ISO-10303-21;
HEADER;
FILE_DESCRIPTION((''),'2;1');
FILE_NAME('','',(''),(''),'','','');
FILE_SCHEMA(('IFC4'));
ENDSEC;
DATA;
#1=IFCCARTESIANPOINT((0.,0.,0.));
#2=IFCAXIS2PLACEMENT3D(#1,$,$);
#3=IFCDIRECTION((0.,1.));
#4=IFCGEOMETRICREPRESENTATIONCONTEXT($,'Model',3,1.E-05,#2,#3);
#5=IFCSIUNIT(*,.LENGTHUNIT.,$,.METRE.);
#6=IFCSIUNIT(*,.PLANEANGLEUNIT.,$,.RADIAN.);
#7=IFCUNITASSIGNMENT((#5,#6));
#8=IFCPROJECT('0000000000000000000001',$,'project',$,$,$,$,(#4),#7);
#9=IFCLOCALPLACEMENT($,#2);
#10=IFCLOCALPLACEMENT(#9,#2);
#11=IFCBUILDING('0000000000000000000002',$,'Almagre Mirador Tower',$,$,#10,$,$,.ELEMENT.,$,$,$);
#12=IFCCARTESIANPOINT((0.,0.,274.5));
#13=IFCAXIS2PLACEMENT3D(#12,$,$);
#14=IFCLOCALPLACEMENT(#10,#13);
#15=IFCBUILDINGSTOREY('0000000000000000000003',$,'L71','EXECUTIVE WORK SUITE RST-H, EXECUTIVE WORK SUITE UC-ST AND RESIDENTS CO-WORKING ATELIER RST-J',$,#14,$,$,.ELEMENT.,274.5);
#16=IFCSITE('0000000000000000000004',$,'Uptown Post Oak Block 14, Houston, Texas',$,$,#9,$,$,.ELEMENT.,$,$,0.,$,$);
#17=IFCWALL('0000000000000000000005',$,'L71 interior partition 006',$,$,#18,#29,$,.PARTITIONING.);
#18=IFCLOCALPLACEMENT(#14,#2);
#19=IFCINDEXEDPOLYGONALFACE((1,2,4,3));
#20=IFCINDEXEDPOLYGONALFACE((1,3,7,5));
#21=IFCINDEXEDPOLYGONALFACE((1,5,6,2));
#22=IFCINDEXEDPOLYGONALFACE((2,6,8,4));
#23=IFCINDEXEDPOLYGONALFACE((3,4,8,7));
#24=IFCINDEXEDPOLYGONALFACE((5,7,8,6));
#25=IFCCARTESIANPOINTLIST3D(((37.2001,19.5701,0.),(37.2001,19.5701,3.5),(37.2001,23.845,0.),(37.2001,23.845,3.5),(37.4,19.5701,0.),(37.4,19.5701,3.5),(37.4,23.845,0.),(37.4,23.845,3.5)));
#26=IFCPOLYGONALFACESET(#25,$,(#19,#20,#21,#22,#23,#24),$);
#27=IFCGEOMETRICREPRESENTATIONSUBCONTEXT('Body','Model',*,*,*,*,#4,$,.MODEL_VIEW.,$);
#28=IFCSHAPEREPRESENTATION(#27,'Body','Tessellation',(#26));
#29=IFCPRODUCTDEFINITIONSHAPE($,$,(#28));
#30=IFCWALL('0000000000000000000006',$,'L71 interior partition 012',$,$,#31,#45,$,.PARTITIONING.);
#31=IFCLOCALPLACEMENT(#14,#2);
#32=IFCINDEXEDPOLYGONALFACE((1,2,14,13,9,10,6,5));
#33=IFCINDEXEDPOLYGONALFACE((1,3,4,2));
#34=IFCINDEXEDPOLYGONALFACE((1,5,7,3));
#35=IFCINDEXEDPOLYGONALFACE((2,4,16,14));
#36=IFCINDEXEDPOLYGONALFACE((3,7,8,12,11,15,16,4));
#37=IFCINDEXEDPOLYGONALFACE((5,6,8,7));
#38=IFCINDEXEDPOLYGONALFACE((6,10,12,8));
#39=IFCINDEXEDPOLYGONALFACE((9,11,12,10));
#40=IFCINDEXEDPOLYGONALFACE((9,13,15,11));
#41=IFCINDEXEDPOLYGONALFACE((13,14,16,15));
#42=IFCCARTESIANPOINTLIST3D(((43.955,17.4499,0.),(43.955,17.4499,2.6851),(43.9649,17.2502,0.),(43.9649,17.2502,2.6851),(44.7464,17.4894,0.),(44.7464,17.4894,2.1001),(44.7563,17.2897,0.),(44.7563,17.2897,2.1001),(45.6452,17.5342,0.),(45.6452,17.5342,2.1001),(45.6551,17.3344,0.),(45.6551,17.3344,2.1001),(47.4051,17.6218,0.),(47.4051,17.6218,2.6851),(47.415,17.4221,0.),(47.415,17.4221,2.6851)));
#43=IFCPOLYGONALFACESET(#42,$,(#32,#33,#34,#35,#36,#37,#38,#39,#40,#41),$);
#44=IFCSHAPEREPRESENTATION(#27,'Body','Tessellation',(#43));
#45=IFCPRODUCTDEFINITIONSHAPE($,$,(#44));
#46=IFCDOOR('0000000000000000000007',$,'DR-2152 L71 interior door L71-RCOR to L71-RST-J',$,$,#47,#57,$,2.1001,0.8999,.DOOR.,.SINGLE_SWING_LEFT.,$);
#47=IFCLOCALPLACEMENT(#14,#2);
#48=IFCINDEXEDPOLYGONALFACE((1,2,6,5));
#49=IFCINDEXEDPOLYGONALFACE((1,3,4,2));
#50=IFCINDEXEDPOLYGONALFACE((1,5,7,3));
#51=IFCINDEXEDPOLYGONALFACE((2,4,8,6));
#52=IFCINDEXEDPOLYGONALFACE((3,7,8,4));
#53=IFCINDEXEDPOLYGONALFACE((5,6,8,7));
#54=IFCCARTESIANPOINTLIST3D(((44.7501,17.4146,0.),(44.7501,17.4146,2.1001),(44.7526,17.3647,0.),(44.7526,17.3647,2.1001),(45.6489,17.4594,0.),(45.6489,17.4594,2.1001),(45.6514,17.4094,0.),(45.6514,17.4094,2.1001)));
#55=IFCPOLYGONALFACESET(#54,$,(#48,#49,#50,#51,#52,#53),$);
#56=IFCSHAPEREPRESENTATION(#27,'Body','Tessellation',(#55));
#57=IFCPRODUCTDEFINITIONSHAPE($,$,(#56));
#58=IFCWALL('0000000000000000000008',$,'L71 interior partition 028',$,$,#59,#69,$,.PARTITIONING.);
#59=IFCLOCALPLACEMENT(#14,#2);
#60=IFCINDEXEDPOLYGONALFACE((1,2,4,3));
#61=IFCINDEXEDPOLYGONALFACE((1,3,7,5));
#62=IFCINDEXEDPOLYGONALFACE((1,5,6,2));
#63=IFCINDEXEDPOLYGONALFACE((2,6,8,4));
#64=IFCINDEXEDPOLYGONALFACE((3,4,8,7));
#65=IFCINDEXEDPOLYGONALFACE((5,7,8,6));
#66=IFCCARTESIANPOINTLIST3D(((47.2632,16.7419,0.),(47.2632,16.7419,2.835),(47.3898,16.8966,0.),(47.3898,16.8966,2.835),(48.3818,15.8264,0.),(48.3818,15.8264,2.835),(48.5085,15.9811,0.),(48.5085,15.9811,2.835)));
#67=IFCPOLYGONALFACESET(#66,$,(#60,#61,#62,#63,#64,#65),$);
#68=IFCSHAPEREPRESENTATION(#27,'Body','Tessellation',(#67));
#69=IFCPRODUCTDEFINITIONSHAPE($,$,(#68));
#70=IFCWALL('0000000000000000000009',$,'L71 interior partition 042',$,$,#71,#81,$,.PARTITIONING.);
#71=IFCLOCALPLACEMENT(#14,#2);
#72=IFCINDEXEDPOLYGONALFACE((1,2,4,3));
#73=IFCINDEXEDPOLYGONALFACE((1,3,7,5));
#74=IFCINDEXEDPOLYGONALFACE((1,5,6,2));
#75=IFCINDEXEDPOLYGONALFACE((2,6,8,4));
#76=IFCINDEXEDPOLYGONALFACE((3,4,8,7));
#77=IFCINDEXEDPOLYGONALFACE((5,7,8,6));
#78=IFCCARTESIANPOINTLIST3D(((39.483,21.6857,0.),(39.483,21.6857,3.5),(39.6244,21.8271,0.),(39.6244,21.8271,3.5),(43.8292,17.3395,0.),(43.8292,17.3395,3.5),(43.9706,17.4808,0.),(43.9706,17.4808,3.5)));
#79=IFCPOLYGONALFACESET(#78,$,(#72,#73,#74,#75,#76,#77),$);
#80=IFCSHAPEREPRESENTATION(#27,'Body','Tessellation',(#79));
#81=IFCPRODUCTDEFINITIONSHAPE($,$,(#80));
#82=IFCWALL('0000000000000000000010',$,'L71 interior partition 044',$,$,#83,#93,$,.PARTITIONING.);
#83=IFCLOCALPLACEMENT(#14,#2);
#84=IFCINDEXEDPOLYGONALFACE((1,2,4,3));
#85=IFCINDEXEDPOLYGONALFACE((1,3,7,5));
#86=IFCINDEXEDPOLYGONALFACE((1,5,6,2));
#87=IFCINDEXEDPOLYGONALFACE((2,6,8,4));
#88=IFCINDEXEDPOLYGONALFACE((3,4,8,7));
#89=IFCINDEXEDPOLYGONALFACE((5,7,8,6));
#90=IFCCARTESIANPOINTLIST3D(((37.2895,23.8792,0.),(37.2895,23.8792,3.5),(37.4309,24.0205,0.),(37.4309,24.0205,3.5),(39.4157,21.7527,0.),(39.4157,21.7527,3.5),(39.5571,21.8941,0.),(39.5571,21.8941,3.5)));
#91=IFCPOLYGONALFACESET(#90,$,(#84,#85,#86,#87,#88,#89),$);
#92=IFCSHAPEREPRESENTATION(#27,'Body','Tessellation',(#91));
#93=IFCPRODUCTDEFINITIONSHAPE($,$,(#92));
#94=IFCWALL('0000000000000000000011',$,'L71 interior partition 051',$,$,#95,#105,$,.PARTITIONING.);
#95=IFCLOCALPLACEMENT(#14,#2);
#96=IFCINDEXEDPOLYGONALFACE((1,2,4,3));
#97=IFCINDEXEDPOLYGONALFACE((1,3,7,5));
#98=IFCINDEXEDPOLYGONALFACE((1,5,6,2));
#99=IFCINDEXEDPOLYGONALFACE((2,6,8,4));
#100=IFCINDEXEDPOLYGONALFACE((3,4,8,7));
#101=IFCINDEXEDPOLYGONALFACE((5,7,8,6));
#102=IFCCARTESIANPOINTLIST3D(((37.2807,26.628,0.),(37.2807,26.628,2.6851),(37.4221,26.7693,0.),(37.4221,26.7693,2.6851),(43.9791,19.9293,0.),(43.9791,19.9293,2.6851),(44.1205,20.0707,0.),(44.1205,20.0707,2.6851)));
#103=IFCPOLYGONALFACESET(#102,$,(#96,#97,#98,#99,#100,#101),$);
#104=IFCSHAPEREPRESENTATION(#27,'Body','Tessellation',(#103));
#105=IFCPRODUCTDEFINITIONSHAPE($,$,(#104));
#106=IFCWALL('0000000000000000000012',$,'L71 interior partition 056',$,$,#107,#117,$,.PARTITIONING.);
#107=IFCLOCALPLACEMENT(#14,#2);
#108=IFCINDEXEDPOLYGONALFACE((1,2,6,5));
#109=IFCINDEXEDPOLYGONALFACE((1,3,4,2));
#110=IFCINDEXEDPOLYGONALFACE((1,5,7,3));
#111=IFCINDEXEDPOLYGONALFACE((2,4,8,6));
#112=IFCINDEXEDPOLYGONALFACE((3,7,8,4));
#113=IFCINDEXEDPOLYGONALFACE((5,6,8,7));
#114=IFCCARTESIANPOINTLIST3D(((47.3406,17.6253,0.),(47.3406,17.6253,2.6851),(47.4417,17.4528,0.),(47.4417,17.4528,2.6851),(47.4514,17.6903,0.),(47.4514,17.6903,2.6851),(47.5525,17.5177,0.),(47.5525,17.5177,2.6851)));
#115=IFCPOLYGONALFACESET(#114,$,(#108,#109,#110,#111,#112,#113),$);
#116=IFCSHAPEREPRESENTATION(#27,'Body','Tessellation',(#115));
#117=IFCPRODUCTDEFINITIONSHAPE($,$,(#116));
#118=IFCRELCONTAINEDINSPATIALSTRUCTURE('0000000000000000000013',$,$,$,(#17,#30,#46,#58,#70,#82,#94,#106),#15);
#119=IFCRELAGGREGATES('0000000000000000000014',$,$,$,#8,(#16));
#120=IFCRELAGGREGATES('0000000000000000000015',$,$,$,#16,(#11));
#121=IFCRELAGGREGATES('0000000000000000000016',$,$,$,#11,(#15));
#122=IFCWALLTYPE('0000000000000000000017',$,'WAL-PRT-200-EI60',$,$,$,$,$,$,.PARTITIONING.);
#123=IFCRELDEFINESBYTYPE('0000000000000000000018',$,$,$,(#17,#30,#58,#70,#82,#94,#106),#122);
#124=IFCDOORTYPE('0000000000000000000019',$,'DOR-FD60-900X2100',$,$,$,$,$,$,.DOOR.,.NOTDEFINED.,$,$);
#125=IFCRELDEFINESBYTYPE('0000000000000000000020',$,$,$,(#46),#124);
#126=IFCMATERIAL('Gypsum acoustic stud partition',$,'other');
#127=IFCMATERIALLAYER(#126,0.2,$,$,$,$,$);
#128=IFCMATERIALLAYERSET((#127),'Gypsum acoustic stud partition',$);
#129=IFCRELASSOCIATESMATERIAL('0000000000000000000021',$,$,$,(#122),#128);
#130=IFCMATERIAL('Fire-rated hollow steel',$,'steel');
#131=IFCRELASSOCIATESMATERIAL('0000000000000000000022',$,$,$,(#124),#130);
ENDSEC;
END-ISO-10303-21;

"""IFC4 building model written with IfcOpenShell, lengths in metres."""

from ifc_helpers import new_model, si_unit, direction, frame, frame_2d, origin, place, context, subcontext, project, spatial, rectangle, extrude, material, layer, layer_set, type_object, element, fill, save


model = new_model("IFC4")

# Units and contexts
model_context = context("Model", 3, precision=1e-05, world=origin(), true_north=direction((0.0, 1.0)))
body_context = subcontext(model_context, "Body", "Model", "MODEL_VIEW")
ifc_project = project(units=[si_unit("LENGTHUNIT", "METRE"), si_unit("PLANEANGLEUNIT", "RADIAN")], contexts=[model_context])

# Site, building, storey
site_placement = place(None, origin())
site = spatial("IfcSite", under=ifc_project, at=site_placement, Name="Uptown Post Oak Block 14, Houston, Texas", CompositionType="ELEMENT", RefElevation=0.0)
building_placement = place(site_placement, origin())
building = spatial("IfcBuilding", under=site, at=building_placement, Name="Almagre Mirador Tower", CompositionType="ELEMENT")
storey_placement = place(building_placement, frame((0.0, 0.0, 274.5)))
storey = spatial("IfcBuildingStorey", under=building, at=storey_placement, Name="L71", Description="EXECUTIVE WORK SUITE RST-H, EXECUTIVE WORK SUITE UC-ST AND RESIDENTS CO-WORKING ATELIER RST-J", CompositionType="ELEMENT", Elevation=274.5)

# Shared definitions
ifc_material_1 = material(Name="Gypsum acoustic stud partition", Category="other")
ifc_layer_1 = layer(ifc_material_1, 0.2)
ifc_layer_set_1 = layer_set([ifc_layer_1], Name="Gypsum acoustic stud partition")
wall_type_1 = type_object("IfcWallType", Name="WAL-PRT-200-EI60", PredefinedType="PARTITIONING", material=ifc_layer_set_1)

# Wall
wall_1_placement = place(storey_placement, frame((37.3, 19.5701, 0.0), z_axis=(0.0, 0.0, 1.0), x_axis=(0.0, 1.0, 0.0)))
element("IfcWall", 1, at=wall_1_placement, inside=storey, type_object=wall_type_1, Name="L71 interior partition 006", PredefinedType="PARTITIONING", context=body_context, shape_type="SweptSolid", body=[
    extrude(rectangle(XDim=4.2749, YDim=0.2, at=frame_2d((2.1375, 0.0))), origin(), (0.0, 0.0, 1.0), 3.5),
])

# Wall, opening, door
wall_2_placement = place(storey_placement, frame((47.4099, 17.522, 0.0), z_axis=(0.0, 0.0, 1.0), x_axis=(-0.998761, -0.049758, 0.0)))
wall_2 = element("IfcWall", 2, at=wall_2_placement, inside=storey, type_object=wall_type_1, Name="L71 interior partition 012", PredefinedType="PARTITIONING", context=body_context, shape_type="SweptSolid", body=[
    extrude(rectangle(XDim=3.4543, YDim=0.2, at=frame_2d((1.7271, 0.0))), origin(), (0.0, 0.0, 1.0), 2.6851),
])
opening_1_placement = place(wall_2_placement, frame((1.762, 0.0, 0.0)))
opening_1 = element("IfcOpeningElement", 3, at=opening_1_placement, cuts=wall_2, PredefinedType="OPENING", context=body_context, shape_type="SweptSolid", body=[
    extrude(rectangle(XDim=0.8999, YDim=2.1001, at=frame_2d((0.45, 1.05))), frame((0.0, 0.1101, 0.0), z_axis=(0.0, -1.0, 0.0), x_axis=(1.0, 0.0, 0.0)), (0.0, 0.0, 1.0), 0.22),
])
ifc_material_2 = material(Name="Fire-rated hollow steel", Category="steel")
door_type_1 = type_object("IfcDoorType", Name="DOR-FD60-900X2100", OperationType="NOTDEFINED", PredefinedType="DOOR", material=ifc_material_2)
door_1_placement = place(opening_1_placement, origin())
door_1 = element("IfcDoor", 4, at=door_1_placement, inside=storey, type_object=door_type_1, Name="DR-2152 L71 interior door L71-RCOR to L71-RST-J", OperationType="SINGLE_SWING_LEFT", OverallHeight=2.1001, OverallWidth=0.8999, PredefinedType="DOOR", context=body_context, shape_type="SweptSolid", body=[
    extrude(rectangle(XDim=0.8999, YDim=2.1001, at=frame_2d((0.45, 1.05))), frame((0.0, 0.0249, 0.0), z_axis=(0.0, -1.0, 0.0), x_axis=(1.0, 0.0, 0.0)), (0.0, 0.0, 1.0), 0.05),
])
fill(opening_1, door_1)

# Walls
wall_3_placement = place(storey_placement, frame((48.4451, 15.9038, 0.0), z_axis=(0.0, 0.0, 1.0), x_axis=(-0.773867, 0.633348, 0.0)))
element("IfcWall", 5, at=wall_3_placement, inside=storey, type_object=wall_type_1, Name="L71 interior partition 028", PredefinedType="PARTITIONING", context=body_context, shape_type="SweptSolid", body=[
    extrude(rectangle(XDim=1.4456, YDim=0.2, at=frame_2d((0.7227, 0.0))), origin(), (0.0, 0.0, 1.0), 2.835),
])
wall_4_placement = place(storey_placement, frame((43.8999, 17.4102, 0.0), z_axis=(0.0, 0.0, 1.0), x_axis=(-0.707107, 0.707107, 0.0)))
element("IfcWall", 6, at=wall_4_placement, inside=storey, type_object=wall_type_1, Name="L71 interior partition 042", PredefinedType="PARTITIONING", context=body_context, shape_type="SweptSolid", body=[
    extrude(rectangle(XDim=6.1465, YDim=0.2, at=frame_2d((3.0732, 0.0))), origin(), (0.0, 0.0, 1.0), 3.5),
])
wall_5_placement = place(storey_placement, frame((39.4863, 21.8235, 0.0), z_axis=(0.0, 0.0, 1.0), x_axis=(-0.707066, 0.707147, 0.0)))
element("IfcWall", 7, at=wall_5_placement, inside=storey, type_object=wall_type_1, Name="L71 interior partition 044", PredefinedType="PARTITIONING", context=body_context, shape_type="SweptSolid", body=[
    extrude(rectangle(XDim=3.0071, YDim=0.2, at=frame_2d((1.5034, 0.0))), origin(), (0.0, 0.0, 1.0), 3.5),
])
wall_6_placement = place(storey_placement, frame((44.0498, 20.0, 0.0), z_axis=(0.0, 0.0, 1.0), x_axis=(-0.707094, 0.70712, 0.0)))
element("IfcWall", 8, at=wall_6_placement, inside=storey, type_object=wall_type_1, Name="L71 interior partition 051", PredefinedType="PARTITIONING", context=body_context, shape_type="SweptSolid", body=[
    extrude(rectangle(XDim=9.4731, YDim=0.2, at=frame_2d((4.7366, 0.0))), origin(), (0.0, 0.0, 1.0), 2.6851),
])
wall_7_placement = place(storey_placement, frame((47.502, 17.604, 0.0), z_axis=(0.0, 0.0, 1.0), x_axis=(-0.862812, -0.505524, 0.0)))
element("IfcWall", 9, at=wall_7_placement, inside=storey, type_object=wall_type_1, Name="L71 interior partition 056", PredefinedType="PARTITIONING", context=body_context, shape_type="SweptSolid", body=[
    extrude(rectangle(XDim=0.1284, YDim=0.2, at=frame_2d((0.0642, 0.0))), origin(), (0.0, 0.0, 1.0), 2.6851),
])

save(model, "model.ifc")
